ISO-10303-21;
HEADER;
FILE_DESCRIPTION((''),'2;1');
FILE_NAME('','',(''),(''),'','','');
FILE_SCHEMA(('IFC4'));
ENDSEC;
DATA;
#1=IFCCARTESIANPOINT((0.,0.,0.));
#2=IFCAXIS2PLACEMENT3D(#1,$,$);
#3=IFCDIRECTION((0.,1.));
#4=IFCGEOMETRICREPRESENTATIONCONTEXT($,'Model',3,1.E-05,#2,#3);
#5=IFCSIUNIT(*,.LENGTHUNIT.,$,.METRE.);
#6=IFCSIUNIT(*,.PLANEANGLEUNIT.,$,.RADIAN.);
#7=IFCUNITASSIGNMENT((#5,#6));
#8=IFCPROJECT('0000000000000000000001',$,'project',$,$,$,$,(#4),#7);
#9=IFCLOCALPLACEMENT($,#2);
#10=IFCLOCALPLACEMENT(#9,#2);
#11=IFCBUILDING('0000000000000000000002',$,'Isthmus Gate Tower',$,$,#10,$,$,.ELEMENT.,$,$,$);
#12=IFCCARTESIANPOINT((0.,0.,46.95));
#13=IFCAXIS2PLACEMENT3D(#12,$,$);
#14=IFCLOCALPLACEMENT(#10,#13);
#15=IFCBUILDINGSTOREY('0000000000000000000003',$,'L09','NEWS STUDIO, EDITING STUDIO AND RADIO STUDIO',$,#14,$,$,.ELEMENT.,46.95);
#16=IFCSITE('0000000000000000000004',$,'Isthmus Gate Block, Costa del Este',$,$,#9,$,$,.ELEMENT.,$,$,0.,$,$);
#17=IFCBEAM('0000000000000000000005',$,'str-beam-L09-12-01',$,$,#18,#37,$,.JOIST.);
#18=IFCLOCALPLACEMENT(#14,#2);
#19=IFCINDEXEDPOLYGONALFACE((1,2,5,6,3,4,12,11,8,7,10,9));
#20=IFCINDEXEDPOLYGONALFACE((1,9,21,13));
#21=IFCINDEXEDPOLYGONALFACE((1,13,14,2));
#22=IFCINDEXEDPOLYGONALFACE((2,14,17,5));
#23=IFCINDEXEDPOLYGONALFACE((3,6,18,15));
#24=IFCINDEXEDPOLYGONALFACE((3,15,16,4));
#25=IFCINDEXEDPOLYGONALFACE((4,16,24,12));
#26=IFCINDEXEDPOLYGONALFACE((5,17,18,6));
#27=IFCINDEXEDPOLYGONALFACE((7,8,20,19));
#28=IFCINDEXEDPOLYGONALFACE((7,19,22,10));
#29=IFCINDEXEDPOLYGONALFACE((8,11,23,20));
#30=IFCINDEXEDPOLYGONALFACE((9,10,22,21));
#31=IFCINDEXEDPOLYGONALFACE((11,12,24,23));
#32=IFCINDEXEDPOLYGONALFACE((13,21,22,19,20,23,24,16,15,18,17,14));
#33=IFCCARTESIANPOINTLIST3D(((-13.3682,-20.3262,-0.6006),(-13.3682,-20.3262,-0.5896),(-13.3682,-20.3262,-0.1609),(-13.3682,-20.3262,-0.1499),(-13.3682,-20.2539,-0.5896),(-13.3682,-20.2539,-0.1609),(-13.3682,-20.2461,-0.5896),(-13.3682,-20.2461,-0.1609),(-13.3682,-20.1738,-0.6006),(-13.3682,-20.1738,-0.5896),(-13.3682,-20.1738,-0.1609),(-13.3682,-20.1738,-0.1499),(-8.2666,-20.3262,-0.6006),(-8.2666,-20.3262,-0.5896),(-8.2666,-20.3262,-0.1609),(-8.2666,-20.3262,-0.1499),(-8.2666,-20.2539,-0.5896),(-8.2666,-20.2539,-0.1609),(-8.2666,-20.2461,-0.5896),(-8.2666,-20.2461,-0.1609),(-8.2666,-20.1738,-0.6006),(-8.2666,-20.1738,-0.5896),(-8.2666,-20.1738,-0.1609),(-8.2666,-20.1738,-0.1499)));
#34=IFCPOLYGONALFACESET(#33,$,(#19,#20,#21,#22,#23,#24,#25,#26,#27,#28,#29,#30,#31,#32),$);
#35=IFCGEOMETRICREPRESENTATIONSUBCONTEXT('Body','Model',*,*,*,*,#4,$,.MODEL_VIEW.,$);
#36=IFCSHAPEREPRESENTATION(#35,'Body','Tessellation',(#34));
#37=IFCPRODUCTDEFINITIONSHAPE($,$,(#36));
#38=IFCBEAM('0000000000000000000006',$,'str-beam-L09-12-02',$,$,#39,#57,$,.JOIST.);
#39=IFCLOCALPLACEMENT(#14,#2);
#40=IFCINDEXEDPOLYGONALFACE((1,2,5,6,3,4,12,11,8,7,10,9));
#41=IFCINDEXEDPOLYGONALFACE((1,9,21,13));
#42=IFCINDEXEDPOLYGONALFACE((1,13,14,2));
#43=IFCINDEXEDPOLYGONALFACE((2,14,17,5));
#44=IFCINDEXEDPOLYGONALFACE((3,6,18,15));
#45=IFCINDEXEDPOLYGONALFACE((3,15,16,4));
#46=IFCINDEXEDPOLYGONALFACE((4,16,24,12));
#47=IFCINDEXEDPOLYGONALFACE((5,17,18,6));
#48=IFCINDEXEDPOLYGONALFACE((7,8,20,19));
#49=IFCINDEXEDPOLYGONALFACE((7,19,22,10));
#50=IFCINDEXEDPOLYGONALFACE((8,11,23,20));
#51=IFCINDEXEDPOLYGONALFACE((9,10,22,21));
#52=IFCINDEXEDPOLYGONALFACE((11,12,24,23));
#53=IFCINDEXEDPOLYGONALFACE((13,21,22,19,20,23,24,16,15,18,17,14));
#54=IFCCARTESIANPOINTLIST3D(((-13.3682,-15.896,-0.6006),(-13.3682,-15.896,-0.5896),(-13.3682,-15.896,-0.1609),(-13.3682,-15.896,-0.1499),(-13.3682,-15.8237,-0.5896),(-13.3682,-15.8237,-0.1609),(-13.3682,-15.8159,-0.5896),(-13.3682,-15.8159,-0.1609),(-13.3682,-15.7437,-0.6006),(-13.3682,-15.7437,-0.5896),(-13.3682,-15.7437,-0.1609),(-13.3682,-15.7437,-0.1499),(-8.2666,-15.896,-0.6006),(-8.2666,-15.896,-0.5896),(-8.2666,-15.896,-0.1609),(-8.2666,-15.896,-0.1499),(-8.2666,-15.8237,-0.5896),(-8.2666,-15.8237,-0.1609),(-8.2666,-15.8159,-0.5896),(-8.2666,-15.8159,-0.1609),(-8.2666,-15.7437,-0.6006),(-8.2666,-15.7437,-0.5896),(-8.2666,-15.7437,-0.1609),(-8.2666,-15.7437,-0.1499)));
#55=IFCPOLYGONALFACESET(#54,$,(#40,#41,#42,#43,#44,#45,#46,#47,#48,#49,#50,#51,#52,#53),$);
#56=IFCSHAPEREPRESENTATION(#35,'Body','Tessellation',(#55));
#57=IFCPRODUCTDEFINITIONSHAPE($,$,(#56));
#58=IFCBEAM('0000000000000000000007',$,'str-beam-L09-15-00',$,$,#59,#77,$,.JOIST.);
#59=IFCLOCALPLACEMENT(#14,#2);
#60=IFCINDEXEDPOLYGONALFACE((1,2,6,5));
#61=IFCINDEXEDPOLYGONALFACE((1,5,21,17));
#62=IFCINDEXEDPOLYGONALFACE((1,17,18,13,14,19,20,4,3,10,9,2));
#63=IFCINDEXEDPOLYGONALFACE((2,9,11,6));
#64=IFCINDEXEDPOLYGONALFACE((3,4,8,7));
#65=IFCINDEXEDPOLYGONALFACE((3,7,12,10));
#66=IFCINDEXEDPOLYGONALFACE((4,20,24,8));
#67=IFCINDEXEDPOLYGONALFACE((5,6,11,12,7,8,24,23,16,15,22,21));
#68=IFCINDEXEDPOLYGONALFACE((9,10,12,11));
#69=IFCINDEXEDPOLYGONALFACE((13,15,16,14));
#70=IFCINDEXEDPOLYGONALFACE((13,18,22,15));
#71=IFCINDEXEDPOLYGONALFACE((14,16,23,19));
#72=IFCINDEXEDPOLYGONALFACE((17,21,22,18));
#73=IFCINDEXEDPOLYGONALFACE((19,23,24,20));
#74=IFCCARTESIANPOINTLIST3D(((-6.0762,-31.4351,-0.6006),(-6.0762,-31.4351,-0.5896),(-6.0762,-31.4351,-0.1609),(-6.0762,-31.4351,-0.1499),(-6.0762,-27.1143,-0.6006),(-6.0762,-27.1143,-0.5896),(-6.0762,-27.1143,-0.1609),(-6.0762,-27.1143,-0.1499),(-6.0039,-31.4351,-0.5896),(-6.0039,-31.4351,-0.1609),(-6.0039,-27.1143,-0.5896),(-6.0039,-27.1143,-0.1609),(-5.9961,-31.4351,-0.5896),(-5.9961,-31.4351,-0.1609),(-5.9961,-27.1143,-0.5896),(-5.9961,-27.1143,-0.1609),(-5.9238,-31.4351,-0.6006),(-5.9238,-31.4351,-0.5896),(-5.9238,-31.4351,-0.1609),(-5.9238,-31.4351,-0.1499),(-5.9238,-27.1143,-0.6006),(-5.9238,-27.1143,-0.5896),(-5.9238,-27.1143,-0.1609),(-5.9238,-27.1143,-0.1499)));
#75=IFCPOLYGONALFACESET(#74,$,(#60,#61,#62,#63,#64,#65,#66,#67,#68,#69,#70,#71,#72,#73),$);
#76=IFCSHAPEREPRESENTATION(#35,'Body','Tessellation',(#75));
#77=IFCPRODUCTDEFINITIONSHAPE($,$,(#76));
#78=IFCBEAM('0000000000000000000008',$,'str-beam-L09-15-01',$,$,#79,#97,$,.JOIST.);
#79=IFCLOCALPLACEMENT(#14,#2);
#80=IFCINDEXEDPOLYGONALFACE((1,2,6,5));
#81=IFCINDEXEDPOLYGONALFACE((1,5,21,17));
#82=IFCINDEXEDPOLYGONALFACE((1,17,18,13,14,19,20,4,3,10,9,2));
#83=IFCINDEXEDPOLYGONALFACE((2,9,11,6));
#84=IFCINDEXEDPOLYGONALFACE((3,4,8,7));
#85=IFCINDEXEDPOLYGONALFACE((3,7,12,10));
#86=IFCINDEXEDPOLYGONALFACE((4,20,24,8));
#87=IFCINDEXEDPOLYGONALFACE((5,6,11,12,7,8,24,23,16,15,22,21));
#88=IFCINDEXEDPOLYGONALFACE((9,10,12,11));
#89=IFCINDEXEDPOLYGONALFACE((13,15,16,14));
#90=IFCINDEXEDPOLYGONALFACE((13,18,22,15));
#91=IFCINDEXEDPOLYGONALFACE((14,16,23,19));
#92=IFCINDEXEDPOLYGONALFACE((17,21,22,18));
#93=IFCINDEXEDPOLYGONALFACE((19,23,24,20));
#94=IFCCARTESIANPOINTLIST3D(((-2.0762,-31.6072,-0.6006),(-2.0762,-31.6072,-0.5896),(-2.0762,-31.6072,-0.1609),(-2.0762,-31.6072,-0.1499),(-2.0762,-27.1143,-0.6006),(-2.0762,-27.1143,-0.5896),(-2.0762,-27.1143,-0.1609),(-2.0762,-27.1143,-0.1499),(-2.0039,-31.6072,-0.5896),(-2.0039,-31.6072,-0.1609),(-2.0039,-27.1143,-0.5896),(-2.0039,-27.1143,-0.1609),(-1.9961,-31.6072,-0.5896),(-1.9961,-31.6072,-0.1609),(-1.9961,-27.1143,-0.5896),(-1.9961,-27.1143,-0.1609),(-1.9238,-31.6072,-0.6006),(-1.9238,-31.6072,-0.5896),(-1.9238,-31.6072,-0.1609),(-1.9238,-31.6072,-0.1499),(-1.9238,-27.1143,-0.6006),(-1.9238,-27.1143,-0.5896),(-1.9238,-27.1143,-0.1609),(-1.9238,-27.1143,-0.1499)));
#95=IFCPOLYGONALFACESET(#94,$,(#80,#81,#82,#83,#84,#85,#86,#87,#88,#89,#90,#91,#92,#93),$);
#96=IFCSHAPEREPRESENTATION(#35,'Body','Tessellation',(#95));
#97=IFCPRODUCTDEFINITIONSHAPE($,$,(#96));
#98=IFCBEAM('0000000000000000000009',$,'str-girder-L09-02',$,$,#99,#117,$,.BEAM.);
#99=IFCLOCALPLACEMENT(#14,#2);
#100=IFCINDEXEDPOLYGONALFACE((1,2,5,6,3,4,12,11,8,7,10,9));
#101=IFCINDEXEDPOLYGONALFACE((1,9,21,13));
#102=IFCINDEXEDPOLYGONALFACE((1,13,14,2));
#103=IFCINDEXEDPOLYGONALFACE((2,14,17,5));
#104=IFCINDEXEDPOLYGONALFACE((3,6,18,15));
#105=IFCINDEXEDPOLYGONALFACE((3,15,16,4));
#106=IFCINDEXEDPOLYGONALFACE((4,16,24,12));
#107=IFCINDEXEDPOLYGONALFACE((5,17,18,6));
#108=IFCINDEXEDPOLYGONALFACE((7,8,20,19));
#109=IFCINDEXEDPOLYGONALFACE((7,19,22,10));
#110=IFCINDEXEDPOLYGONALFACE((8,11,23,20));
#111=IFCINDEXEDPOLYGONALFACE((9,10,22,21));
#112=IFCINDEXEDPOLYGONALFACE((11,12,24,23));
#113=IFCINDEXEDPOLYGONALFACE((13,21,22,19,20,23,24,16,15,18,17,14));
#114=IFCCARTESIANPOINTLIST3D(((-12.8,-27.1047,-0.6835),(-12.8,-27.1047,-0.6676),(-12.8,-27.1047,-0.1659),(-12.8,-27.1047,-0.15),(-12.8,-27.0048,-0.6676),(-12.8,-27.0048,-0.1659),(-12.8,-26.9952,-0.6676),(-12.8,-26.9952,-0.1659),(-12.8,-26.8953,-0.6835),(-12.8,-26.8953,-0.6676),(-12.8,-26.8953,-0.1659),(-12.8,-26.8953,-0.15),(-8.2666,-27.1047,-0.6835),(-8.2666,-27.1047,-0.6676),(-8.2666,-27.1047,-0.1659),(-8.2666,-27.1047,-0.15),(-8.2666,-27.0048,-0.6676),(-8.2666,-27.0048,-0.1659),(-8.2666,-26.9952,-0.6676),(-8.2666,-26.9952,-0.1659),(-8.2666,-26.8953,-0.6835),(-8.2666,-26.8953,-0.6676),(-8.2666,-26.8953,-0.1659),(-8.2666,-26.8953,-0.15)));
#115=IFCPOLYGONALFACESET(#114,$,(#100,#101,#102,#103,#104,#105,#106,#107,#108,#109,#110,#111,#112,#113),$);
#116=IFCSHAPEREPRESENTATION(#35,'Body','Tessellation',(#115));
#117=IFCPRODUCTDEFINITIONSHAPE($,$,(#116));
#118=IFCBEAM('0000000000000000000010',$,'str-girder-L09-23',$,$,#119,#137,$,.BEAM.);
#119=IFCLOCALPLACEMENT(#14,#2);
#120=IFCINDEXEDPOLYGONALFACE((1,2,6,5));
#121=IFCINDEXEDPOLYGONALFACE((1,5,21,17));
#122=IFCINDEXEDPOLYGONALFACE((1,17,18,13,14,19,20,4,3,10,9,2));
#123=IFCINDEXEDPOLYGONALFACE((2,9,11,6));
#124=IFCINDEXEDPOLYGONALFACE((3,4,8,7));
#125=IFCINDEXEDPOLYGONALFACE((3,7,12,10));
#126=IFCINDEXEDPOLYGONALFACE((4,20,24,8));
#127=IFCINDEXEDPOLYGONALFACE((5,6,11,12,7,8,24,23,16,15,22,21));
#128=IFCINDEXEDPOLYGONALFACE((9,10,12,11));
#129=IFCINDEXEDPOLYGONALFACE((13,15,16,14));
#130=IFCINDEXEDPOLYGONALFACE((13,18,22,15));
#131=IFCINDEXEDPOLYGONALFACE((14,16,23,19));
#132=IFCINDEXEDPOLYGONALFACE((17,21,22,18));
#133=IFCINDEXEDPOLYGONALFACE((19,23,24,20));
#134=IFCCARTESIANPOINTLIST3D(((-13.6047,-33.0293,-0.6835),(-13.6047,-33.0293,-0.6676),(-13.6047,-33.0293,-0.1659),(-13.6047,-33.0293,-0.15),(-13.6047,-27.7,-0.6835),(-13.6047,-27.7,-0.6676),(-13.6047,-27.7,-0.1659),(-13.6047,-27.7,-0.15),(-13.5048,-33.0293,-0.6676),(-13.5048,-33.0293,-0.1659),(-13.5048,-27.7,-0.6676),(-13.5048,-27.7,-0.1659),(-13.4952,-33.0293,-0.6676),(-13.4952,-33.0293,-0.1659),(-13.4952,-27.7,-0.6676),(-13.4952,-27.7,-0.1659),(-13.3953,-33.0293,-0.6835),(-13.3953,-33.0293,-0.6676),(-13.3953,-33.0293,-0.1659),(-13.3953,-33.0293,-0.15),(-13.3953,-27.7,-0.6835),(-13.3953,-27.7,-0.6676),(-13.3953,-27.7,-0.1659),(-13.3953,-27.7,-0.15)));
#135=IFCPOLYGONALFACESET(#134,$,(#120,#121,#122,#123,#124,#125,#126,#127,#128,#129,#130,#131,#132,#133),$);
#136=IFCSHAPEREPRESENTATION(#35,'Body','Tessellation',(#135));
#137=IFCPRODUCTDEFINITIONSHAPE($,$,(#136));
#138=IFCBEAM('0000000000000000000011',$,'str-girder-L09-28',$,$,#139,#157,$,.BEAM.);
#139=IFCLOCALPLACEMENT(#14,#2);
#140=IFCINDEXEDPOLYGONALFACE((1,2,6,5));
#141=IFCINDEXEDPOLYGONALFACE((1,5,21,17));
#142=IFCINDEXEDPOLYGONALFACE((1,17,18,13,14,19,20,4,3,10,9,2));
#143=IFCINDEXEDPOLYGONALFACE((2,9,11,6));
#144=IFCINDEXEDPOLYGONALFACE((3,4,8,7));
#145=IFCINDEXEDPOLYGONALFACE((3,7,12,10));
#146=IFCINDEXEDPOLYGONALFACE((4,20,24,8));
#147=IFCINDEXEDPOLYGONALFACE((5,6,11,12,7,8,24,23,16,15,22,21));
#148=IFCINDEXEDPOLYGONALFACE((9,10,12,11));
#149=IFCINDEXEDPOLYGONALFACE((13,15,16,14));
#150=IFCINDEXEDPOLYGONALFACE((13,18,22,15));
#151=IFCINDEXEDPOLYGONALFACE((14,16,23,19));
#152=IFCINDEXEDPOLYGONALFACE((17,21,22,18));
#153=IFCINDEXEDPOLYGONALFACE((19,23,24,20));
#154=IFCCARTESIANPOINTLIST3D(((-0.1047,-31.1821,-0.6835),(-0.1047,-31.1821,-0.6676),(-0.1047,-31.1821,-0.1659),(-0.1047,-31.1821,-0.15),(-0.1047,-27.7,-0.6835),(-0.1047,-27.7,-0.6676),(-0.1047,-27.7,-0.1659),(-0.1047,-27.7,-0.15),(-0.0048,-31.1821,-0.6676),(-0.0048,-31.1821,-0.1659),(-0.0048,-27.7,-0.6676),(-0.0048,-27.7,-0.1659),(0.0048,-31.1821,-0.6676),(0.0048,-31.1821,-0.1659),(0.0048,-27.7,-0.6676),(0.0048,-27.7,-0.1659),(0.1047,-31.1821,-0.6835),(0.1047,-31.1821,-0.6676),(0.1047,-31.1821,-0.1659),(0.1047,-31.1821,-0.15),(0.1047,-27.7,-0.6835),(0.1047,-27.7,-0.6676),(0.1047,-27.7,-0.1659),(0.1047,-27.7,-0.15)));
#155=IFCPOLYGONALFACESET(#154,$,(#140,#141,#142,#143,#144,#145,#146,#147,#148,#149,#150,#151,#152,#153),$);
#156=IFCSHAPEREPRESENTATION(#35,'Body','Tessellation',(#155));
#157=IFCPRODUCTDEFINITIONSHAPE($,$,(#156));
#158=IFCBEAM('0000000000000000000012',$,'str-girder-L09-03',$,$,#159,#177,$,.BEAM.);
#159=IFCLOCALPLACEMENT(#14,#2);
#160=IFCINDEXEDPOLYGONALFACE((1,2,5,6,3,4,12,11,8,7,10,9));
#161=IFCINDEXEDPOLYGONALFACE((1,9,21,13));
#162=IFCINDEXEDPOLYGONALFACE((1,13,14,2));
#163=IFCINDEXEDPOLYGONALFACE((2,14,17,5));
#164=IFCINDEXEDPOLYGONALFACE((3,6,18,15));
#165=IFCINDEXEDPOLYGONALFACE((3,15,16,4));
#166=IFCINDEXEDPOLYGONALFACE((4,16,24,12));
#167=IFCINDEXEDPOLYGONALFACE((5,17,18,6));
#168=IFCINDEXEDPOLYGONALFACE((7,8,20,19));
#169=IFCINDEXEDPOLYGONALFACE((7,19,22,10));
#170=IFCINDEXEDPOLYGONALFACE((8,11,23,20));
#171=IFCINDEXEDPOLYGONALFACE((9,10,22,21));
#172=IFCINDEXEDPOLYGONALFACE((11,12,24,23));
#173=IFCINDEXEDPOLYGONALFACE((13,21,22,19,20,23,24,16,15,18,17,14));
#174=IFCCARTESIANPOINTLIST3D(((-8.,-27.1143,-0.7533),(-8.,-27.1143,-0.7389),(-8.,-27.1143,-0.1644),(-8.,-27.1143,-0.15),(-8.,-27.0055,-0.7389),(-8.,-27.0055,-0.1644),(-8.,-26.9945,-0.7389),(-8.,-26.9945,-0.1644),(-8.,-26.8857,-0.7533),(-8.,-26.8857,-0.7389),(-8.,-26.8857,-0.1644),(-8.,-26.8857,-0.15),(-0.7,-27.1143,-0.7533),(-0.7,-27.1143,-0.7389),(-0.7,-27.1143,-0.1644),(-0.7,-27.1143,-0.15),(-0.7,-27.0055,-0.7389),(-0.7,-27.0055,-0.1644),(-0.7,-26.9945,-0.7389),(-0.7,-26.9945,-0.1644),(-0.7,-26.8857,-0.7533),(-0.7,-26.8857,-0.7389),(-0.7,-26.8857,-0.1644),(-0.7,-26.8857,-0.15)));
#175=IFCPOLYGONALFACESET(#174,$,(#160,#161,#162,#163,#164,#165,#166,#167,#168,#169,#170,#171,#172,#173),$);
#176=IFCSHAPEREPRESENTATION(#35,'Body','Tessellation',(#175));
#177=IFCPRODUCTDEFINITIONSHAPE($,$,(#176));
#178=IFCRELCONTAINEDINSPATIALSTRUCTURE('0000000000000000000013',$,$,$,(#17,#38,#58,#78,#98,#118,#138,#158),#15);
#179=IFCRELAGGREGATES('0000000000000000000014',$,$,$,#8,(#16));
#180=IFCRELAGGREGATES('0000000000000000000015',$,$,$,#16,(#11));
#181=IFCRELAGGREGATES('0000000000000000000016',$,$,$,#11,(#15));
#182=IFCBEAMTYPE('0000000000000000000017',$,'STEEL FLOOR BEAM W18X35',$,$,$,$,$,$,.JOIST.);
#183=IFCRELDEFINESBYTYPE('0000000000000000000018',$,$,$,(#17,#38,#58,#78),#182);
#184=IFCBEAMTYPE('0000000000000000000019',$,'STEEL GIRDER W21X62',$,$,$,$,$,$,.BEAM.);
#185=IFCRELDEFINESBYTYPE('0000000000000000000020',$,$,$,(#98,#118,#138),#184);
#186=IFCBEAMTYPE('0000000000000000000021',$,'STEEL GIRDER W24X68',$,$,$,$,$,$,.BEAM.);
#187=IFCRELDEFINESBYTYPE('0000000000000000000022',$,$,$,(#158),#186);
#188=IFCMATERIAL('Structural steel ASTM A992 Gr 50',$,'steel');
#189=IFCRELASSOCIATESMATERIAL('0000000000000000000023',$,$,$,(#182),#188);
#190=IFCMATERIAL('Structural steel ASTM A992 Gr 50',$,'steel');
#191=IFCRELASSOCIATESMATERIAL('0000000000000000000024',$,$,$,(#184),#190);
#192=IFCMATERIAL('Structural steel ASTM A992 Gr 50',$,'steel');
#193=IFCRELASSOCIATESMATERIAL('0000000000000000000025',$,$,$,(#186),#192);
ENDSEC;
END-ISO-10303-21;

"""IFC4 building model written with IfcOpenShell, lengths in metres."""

from ifc_helpers import new_model, si_unit, direction, frame, origin, origin_2d, place, context, subcontext, project, spatial, i_section, extrude, material, material_profile, profile_set, type_object, element, save


model = new_model("IFC4")

# Units and contexts
model_context = context("Model", 3, precision=1e-05, world=origin(), true_north=direction((0.0, 1.0)))
body_context = subcontext(model_context, "Body", "Model", "MODEL_VIEW")
ifc_project = project(units=[si_unit("LENGTHUNIT", "METRE"), si_unit("PLANEANGLEUNIT", "RADIAN")], contexts=[model_context])

# Site, building, storey
site_placement = place(None, origin())
site = spatial("IfcSite", under=ifc_project, at=site_placement, Name="Isthmus Gate Block, Costa del Este", CompositionType="ELEMENT", RefElevation=0.0)
building_placement = place(site_placement, origin())
building = spatial("IfcBuilding", under=site, at=building_placement, Name="Isthmus Gate Tower", CompositionType="ELEMENT")
storey_placement = place(building_placement, frame((0.0, 0.0, 46.95)))
storey = spatial("IfcBuildingStorey", under=building, at=storey_placement, Name="L09", Description="NEWS STUDIO, EDITING STUDIO AND RADIO STUDIO", CompositionType="ELEMENT", Elevation=46.95)

# Beams
ifc_material_1 = material(Name="Structural steel ASTM A992 Gr 50", Category="steel")
ifc_material_profile_1 = material_profile(ifc_material_1, i_section(OverallWidth=0.1523, OverallDepth=0.4507, WebThickness=0.0078, FlangeThickness=0.011, at=origin_2d()), Name="W18X35")
ifc_profile_set_1 = profile_set([ifc_material_profile_1], Name="Structural steel ASTM A992 Gr 50")
beam_type_1 = type_object("IfcBeamType", Name="STEEL FLOOR BEAM W18X35", PredefinedType="JOIST", material=ifc_profile_set_1)
for number, where, z_axis, x_axis, name in (
    (1, (-13.3682, -20.25, -0.3752), (1.0, 0.0, 0.0), (0.0, 1.0, 0.0), "str-beam-L09-12-01"),
    (2, (-13.3682, -15.8198, -0.3752), (1.0, 0.0, 0.0), (0.0, 1.0, 0.0), "str-beam-L09-12-02"),
):
    element("IfcBeam", number, at=place(storey_placement, frame(where, z_axis=z_axis, x_axis=x_axis)), inside=storey, type_object=beam_type_1, Name=name, PredefinedType="JOIST", context=body_context, shape_type="SweptSolid", body=[
        extrude(i_section(OverallWidth=0.1523, OverallDepth=0.4507, WebThickness=0.0078, FlangeThickness=0.011, at=origin_2d()), origin(), (0.0, 0.0, 1.0), 5.1016),
    ])
beam_1_placement = place(storey_placement, frame((-6.0, -31.4351, -0.3752), z_axis=(0.0, 1.0, 0.0), x_axis=(-1.0, 0.0, 0.0)))
element("IfcBeam", 3, at=beam_1_placement, inside=storey, type_object=beam_type_1, Name="str-beam-L09-15-00", PredefinedType="JOIST", context=body_context, shape_type="SweptSolid", body=[
    extrude(i_section(OverallWidth=0.1523, OverallDepth=0.4507, WebThickness=0.0078, FlangeThickness=0.011, at=origin_2d()), origin(), (0.0, 0.0, 1.0), 4.3208),
])
beam_2_placement = place(storey_placement, frame((-2.0, -31.6072, -0.3752), z_axis=(0.0, 1.0, 0.0), x_axis=(-1.0, 0.0, 0.0)))
element("IfcBeam", 4, at=beam_2_placement, inside=storey, type_object=beam_type_1, Name="str-beam-L09-15-01", PredefinedType="JOIST", context=body_context, shape_type="SweptSolid", body=[
    extrude(i_section(OverallWidth=0.1523, OverallDepth=0.4507, WebThickness=0.0078, FlangeThickness=0.011, at=origin_2d()), origin(), (0.0, 0.0, 1.0), 4.4929),
])
ifc_material_2 = material(Name="Structural steel ASTM A992 Gr 50", Category="steel")
ifc_material_profile_2 = material_profile(ifc_material_2, i_section(OverallWidth=0.2095, OverallDepth=0.5334, WebThickness=0.0095, FlangeThickness=0.0159, at=origin_2d()), Name="W21X62")
ifc_profile_set_2 = profile_set([ifc_material_profile_2], Name="Structural steel ASTM A992 Gr 50")
beam_type_2 = type_object("IfcBeamType", Name="STEEL GIRDER W21X62", PredefinedType="BEAM", material=ifc_profile_set_2)
beam_3_placement = place(storey_placement, frame((-12.8, -27.0, -0.4167), z_axis=(1.0, 0.0, 0.0), x_axis=(0.0, 1.0, 0.0)))
element("IfcBeam", 5, at=beam_3_placement, inside=storey, type_object=beam_type_2, Name="str-girder-L09-02", PredefinedType="BEAM", context=body_context, shape_type="SweptSolid", body=[
    extrude(i_section(OverallWidth=0.2095, OverallDepth=0.5334, WebThickness=0.0095, FlangeThickness=0.0159, at=origin_2d()), origin(), (0.0, 0.0, 1.0), 4.5334),
])
beam_4_placement = place(storey_placement, frame((-13.5, -33.0293, -0.4167), z_axis=(0.0, 1.0, 0.0), x_axis=(-1.0, 0.0, 0.0)))
element("IfcBeam", 6, at=beam_4_placement, inside=storey, type_object=beam_type_2, Name="str-girder-L09-23", PredefinedType="BEAM", context=body_context, shape_type="SweptSolid", body=[
    extrude(i_section(OverallWidth=0.2095, OverallDepth=0.5334, WebThickness=0.0095, FlangeThickness=0.0159, at=origin_2d()), origin(), (0.0, 0.0, 1.0), 5.3293),
])
beam_5_placement = place(storey_placement, frame((0.0, -31.1821, -0.4167), z_axis=(0.0, 1.0, 0.0), x_axis=(-1.0, 0.0, 0.0)))
element("IfcBeam", 7, at=beam_5_placement, inside=storey, type_object=beam_type_2, Name="str-girder-L09-28", PredefinedType="BEAM", context=body_context, shape_type="SweptSolid", body=[
    extrude(i_section(OverallWidth=0.2095, OverallDepth=0.5334, WebThickness=0.0095, FlangeThickness=0.0159, at=origin_2d()), origin(), (0.0, 0.0, 1.0), 3.4822),
])
ifc_material_3 = material(Name="Structural steel ASTM A992 Gr 50", Category="steel")
ifc_material_profile_3 = material_profile(ifc_material_3, i_section(OverallWidth=0.2285, OverallDepth=0.6033, WebThickness=0.011, FlangeThickness=0.0144, at=origin_2d()), Name="W24X68")
ifc_profile_set_3 = profile_set([ifc_material_profile_3], Name="Structural steel ASTM A992 Gr 50")
beam_type_3 = type_object("IfcBeamType", Name="STEEL GIRDER W24X68", PredefinedType="BEAM", material=ifc_profile_set_3)
beam_6_placement = place(storey_placement, frame((-8.0, -27.0, -0.4517), z_axis=(1.0, 0.0, 0.0), x_axis=(0.0, 1.0, 0.0)))
element("IfcBeam", 8, at=beam_6_placement, inside=storey, type_object=beam_type_3, Name="str-girder-L09-03", PredefinedType="BEAM", context=body_context, shape_type="SweptSolid", body=[
    extrude(i_section(OverallWidth=0.2285, OverallDepth=0.6033, WebThickness=0.011, FlangeThickness=0.0144, at=origin_2d()), origin(), (0.0, 0.0, 1.0), 7.3),
])

save(model, "model.ifc")
